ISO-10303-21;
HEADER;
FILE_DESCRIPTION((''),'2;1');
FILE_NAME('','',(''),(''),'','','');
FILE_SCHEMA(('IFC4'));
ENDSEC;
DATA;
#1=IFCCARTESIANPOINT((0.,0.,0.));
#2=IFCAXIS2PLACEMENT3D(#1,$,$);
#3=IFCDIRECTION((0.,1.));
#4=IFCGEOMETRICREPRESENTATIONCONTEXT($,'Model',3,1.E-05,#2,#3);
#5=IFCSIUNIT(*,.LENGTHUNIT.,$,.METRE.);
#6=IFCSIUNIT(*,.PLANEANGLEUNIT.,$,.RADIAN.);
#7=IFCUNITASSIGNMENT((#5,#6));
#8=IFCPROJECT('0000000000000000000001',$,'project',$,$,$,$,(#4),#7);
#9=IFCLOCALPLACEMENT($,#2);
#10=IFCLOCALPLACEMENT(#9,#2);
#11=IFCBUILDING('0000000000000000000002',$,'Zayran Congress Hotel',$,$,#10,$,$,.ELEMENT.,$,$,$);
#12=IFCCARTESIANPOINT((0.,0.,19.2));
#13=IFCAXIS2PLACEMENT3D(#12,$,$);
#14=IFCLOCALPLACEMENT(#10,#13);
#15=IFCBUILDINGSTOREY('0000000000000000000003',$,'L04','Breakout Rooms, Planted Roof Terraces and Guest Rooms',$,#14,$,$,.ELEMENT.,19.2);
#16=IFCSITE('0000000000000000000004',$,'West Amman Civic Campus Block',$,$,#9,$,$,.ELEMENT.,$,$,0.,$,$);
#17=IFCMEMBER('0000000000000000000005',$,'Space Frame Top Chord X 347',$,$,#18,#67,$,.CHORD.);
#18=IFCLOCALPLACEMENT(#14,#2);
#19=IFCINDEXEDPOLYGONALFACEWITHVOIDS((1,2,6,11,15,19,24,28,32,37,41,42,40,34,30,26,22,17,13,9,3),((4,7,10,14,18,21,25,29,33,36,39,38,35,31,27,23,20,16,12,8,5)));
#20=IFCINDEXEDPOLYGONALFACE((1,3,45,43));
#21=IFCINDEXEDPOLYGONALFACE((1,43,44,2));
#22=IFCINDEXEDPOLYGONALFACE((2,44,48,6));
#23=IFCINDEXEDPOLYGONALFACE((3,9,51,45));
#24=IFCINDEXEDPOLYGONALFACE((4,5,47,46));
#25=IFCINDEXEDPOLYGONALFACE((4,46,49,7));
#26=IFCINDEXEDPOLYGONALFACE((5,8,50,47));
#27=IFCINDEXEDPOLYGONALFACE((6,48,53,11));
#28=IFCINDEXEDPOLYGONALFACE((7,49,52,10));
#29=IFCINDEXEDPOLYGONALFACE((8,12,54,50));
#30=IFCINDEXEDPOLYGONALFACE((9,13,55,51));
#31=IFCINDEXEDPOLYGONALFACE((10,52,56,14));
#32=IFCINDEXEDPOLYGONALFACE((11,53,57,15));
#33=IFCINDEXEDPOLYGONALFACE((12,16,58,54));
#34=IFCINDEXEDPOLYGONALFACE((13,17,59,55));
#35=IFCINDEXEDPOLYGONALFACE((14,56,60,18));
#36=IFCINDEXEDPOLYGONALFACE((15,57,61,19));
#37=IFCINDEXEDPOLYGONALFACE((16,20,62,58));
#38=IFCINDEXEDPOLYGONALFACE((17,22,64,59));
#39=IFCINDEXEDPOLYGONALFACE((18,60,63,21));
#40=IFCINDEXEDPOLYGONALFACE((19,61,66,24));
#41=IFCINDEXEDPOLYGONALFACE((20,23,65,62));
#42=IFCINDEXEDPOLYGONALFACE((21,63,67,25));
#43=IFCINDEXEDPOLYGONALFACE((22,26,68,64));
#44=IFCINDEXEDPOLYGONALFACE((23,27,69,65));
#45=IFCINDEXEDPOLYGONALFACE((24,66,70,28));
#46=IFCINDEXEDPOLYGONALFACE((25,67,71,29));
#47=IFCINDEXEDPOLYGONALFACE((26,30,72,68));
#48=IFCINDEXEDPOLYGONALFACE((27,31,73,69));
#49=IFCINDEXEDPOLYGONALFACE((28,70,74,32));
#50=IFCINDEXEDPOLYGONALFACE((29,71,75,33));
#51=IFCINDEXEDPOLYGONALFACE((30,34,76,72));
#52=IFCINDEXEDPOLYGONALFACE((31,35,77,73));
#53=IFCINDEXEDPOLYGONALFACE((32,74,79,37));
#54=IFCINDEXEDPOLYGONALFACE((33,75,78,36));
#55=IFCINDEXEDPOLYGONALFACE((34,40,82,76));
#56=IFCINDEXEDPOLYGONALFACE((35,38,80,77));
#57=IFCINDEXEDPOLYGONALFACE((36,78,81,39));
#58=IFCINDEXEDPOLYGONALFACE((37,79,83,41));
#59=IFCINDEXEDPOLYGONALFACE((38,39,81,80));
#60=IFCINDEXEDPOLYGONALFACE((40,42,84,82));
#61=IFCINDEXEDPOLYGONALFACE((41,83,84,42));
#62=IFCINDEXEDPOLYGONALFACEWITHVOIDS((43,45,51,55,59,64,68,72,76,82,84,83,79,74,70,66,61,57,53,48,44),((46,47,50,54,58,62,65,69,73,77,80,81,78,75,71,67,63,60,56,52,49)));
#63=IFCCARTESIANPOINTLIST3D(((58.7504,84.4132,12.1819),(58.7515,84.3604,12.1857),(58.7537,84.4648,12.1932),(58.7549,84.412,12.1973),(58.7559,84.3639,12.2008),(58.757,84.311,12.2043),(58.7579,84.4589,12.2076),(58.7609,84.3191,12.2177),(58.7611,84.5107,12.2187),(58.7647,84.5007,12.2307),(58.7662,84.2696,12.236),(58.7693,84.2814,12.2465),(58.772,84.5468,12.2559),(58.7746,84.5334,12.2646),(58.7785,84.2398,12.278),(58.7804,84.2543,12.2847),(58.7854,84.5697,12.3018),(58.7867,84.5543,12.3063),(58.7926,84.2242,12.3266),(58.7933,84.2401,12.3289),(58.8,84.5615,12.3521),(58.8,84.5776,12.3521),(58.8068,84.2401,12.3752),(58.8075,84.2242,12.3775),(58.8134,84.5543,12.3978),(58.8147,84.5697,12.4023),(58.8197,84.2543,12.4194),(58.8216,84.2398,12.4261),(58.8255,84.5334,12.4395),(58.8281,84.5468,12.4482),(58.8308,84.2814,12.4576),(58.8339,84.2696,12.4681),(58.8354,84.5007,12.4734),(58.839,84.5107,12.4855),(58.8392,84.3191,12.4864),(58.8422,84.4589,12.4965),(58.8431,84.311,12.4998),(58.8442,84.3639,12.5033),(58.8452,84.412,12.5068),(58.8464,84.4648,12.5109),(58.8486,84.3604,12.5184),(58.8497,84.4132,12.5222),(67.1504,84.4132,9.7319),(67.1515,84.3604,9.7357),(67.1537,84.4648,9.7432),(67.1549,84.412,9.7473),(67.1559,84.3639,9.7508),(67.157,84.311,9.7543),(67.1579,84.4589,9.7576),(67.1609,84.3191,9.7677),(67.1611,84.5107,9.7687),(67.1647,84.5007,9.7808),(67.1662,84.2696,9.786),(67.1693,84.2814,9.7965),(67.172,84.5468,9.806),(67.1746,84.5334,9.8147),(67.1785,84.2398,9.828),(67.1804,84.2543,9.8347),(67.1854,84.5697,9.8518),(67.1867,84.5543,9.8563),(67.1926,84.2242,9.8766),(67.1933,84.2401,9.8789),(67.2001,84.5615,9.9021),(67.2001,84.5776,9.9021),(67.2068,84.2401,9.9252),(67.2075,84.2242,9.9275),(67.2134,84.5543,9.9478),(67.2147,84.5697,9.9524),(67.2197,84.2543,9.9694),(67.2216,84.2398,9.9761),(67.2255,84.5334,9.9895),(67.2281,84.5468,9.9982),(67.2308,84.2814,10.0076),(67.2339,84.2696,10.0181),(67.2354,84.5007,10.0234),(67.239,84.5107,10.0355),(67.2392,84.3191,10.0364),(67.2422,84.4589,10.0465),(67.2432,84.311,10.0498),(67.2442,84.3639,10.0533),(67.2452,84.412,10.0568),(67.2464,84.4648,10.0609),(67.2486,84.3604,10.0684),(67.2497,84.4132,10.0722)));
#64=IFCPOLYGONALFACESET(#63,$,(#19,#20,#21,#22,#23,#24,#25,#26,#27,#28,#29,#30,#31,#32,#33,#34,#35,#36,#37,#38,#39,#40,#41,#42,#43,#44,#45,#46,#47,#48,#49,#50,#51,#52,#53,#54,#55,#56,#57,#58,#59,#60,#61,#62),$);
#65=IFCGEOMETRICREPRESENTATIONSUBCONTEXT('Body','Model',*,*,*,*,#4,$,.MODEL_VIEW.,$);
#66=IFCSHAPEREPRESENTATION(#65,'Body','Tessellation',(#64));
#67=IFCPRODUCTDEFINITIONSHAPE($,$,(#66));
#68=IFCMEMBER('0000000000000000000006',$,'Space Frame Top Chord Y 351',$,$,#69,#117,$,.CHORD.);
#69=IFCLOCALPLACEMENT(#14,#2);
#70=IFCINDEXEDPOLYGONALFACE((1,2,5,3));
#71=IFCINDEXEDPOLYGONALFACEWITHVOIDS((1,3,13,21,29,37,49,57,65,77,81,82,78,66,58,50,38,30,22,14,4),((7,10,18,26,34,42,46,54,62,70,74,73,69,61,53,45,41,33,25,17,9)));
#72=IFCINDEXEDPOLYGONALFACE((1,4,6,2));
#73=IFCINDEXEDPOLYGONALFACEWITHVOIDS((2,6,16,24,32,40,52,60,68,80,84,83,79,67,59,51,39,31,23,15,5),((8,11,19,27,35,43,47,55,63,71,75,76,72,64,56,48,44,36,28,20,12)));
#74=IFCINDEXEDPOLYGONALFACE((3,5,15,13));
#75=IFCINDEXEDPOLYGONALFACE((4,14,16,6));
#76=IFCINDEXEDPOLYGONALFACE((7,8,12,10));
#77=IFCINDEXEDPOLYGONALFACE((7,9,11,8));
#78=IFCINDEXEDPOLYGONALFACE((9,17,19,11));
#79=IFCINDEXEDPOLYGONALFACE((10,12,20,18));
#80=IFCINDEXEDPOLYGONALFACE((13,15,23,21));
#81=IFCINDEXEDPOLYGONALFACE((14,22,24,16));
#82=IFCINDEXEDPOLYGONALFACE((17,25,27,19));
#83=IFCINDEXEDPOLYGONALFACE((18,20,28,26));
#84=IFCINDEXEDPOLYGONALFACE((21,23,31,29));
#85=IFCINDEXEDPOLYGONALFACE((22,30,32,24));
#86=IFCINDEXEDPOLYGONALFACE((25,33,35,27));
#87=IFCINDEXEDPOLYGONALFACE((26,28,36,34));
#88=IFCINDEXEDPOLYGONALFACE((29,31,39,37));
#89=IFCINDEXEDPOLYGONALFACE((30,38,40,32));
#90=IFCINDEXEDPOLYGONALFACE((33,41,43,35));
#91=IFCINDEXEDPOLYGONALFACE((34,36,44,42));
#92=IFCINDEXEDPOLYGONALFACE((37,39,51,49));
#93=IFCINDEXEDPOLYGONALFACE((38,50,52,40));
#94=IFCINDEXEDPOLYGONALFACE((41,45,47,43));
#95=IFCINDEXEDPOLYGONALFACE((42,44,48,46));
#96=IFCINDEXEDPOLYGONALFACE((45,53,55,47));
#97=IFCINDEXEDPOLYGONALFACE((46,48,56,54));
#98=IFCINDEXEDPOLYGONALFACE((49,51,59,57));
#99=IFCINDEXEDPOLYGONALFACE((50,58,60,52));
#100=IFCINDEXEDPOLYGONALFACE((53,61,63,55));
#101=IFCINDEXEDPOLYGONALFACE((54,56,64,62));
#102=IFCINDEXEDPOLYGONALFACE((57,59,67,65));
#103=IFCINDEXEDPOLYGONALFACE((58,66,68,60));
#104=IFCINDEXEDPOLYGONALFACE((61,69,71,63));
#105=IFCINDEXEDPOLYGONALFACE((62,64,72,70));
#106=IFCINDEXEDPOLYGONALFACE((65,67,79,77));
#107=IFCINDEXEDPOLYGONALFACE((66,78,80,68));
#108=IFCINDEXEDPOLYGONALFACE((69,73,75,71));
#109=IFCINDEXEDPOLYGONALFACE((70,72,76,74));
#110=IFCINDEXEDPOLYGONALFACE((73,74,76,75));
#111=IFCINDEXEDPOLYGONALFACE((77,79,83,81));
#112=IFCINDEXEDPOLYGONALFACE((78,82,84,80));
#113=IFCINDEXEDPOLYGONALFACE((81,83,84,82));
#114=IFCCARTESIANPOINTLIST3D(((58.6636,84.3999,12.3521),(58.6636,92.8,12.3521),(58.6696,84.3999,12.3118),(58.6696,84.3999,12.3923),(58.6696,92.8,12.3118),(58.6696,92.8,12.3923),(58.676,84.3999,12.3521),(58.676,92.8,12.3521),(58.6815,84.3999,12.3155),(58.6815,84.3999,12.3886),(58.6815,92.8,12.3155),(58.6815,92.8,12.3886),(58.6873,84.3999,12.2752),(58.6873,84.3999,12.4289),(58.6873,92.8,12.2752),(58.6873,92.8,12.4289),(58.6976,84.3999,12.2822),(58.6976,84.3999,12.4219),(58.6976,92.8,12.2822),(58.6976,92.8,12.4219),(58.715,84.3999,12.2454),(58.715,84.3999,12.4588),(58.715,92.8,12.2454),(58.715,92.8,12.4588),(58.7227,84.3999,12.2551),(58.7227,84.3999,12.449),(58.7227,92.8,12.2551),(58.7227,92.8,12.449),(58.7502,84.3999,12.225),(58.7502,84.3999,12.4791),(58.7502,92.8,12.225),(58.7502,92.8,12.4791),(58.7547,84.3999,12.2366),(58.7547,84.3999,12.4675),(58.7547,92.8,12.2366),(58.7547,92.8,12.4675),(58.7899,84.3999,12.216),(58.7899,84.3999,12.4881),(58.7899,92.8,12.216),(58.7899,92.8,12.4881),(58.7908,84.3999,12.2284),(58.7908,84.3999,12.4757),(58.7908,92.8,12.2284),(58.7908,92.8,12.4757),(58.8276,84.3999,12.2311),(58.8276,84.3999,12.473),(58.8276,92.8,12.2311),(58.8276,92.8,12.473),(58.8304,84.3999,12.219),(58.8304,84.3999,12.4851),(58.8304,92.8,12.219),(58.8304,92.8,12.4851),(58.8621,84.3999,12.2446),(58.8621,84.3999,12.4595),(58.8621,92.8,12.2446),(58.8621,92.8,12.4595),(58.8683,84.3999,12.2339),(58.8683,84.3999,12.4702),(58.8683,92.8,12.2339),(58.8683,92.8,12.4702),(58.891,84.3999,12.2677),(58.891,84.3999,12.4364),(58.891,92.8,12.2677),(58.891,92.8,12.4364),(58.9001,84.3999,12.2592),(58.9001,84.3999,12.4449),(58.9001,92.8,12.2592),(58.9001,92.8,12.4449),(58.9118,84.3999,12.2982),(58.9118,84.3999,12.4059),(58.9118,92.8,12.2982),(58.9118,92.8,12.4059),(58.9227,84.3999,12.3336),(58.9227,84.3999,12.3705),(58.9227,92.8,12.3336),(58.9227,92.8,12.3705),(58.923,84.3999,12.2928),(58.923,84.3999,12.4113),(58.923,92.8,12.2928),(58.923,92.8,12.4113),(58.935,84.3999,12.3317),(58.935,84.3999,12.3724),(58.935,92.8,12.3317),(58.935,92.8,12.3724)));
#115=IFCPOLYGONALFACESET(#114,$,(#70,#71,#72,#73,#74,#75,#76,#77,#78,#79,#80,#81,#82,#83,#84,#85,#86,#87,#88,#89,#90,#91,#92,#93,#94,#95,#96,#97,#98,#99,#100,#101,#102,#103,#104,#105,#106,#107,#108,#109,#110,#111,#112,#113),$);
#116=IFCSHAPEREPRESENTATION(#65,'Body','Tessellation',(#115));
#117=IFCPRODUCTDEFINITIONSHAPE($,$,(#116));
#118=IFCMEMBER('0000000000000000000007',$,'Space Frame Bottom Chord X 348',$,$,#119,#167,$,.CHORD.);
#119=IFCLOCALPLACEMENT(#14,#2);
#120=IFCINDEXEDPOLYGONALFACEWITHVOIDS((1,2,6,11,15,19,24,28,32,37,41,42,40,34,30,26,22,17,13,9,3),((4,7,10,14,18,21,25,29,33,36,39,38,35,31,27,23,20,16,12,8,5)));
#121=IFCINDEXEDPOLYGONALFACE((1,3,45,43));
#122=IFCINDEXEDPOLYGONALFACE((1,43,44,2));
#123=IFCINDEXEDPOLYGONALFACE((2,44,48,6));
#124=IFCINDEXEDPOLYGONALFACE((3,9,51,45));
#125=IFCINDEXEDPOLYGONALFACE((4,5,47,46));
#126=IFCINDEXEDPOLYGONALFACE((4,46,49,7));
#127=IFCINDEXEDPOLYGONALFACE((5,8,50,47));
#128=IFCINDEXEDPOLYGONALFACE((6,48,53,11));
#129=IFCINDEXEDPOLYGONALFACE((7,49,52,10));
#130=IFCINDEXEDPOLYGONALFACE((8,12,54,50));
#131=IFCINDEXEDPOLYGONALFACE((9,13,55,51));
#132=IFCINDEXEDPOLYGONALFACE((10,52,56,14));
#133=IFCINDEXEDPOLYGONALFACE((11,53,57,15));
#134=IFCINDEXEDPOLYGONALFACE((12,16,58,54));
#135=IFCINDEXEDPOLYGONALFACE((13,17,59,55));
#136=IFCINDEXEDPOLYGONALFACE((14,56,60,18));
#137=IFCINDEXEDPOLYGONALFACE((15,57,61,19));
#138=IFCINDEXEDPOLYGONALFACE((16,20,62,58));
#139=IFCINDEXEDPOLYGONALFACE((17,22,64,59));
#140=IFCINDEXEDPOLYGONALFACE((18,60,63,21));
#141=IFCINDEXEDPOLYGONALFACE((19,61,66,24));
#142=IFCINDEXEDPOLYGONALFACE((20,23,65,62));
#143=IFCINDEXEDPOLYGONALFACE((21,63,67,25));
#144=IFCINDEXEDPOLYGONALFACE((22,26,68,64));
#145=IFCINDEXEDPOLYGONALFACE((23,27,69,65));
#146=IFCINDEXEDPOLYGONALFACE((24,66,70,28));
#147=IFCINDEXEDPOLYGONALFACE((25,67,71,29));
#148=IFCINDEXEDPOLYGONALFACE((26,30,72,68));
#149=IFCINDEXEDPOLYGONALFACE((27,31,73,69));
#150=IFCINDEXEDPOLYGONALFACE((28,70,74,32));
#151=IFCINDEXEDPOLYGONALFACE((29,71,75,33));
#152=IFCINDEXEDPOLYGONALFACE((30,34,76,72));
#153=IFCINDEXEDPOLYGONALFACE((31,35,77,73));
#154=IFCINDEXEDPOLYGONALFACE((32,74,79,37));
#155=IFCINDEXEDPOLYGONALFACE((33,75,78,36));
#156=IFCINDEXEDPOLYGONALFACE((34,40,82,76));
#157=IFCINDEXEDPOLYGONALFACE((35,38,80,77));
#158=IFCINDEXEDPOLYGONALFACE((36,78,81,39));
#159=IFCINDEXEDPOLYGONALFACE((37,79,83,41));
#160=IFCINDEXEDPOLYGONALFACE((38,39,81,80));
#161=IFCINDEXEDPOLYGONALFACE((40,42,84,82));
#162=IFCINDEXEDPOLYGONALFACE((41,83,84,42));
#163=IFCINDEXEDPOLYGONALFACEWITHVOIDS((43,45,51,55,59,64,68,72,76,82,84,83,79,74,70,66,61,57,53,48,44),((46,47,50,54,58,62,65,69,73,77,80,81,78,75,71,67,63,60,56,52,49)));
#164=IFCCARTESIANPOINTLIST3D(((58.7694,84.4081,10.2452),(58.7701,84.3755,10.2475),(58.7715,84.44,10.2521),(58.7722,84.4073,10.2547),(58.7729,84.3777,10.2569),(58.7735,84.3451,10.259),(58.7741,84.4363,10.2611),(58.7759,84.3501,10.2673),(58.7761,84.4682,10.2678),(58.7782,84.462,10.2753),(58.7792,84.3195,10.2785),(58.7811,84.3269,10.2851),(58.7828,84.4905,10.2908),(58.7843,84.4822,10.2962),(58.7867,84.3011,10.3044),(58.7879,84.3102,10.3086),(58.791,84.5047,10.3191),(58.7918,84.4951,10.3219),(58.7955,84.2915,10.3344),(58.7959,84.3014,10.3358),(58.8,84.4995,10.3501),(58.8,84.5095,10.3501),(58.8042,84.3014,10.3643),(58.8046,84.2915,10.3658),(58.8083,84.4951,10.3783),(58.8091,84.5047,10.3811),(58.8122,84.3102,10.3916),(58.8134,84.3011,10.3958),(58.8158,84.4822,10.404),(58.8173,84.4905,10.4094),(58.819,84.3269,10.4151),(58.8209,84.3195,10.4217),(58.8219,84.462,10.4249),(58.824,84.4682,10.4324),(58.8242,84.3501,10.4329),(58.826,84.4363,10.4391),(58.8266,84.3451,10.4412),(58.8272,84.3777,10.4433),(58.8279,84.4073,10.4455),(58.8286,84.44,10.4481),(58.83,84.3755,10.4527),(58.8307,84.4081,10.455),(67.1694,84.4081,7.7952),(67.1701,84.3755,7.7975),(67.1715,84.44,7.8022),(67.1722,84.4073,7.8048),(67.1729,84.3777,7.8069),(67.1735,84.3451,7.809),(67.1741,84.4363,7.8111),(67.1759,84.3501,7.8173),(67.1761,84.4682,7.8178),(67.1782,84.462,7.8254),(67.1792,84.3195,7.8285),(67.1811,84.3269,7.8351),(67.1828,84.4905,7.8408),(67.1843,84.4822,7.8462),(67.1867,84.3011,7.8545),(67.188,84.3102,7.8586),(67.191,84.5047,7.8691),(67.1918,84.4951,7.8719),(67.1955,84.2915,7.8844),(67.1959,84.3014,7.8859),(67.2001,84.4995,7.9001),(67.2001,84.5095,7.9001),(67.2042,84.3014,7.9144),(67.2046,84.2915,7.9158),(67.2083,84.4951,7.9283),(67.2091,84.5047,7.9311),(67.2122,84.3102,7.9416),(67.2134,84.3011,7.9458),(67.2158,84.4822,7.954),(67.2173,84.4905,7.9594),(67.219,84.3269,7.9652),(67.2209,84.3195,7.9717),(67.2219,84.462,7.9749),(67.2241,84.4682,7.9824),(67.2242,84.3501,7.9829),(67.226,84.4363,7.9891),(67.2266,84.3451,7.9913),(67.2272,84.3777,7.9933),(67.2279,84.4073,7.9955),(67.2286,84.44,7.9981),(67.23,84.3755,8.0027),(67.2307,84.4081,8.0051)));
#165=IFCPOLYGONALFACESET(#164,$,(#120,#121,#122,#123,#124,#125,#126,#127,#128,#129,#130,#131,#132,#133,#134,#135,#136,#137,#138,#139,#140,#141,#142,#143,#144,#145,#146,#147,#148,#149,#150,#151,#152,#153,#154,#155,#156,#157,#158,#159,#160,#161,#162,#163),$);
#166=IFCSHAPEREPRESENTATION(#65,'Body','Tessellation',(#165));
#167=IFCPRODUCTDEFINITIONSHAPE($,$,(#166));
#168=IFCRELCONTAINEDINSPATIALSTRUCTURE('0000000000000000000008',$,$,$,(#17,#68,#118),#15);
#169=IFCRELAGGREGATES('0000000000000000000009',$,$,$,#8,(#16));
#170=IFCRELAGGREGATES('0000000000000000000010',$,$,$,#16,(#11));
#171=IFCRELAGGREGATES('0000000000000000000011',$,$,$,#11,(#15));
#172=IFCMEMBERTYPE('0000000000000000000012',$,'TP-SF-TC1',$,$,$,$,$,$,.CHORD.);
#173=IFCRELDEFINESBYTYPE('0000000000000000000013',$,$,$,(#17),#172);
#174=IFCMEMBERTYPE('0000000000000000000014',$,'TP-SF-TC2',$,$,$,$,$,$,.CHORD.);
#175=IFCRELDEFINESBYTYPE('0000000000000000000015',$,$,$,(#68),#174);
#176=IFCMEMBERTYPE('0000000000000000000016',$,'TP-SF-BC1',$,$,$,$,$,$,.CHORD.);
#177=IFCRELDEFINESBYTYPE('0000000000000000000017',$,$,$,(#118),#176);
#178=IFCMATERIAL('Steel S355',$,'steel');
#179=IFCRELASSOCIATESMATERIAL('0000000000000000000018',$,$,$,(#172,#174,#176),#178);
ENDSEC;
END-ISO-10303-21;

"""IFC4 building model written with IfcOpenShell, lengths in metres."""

from ifc_helpers import new_model, si_unit, direction, frame, origin, origin_2d, place, context, subcontext, project, spatial, hollow_circle, extrude, material, material_profile, profile_set, type_object, element, save


model = new_model("IFC4")

# Units and contexts
model_context = context("Model", 3, precision=1e-05, world=origin(), true_north=direction((0.0, 1.0)))
body_context = subcontext(model_context, "Body", "Model", "MODEL_VIEW")
ifc_project = project(units=[si_unit("LENGTHUNIT", "METRE"), si_unit("PLANEANGLEUNIT", "RADIAN")], contexts=[model_context])

# Site, building, storey
site_placement = place(None, origin())
site = spatial("IfcSite", under=ifc_project, at=site_placement, Name="West Amman Civic Campus Block", CompositionType="ELEMENT", RefElevation=0.0)
building_placement = place(site_placement, origin())
building = spatial("IfcBuilding", under=site, at=building_placement, Name="Zayran Congress Hotel", CompositionType="ELEMENT")
storey_placement = place(building_placement, frame((0.0, 0.0, 19.2)))
storey = spatial("IfcBuildingStorey", under=building, at=storey_placement, Name="L04", Description="Breakout Rooms, Planted Roof Terraces and Guest Rooms", CompositionType="ELEMENT", Elevation=19.2)

# Members
ifc_material_1 = material(Name="Steel S355", Category="steel")
ifc_material_profile_1 = material_profile(ifc_material_1, hollow_circle(Radius=0.1777, WallThickness=0.0161, at=origin_2d()), Name="CHS 355.6x16")
ifc_profile_set_1 = profile_set([ifc_material_profile_1], Name="Steel S355")
member_type_1 = type_object("IfcMemberType", Name="TP-SF-TC1", PredefinedType="CHORD", material=ifc_profile_set_1)
member_1_placement = place(storey_placement, frame((58.8, 84.3999, 12.3521), z_axis=(0.960001, 0.0, -0.279998), x_axis=(0.0, 1.0, 0.0)))
element("IfcMember", 1, at=member_1_placement, inside=storey, type_object=member_type_1, Name="Space Frame Top Chord X 347", PredefinedType="CHORD", context=body_context, shape_type="SweptSolid", body=[
    extrude(hollow_circle(Radius=0.1777, WallThickness=0.0161, at=origin_2d()), origin(), (0.0, 0.0, 1.0), 8.75),
])
ifc_material_profile_2 = material_profile(ifc_material_1, hollow_circle(Radius=0.1365, WallThickness=0.0125, at=origin_2d()), Name="CHS 273x12.5")
ifc_profile_set_2 = profile_set([ifc_material_profile_2], Name="Steel S355")
member_type_2 = type_object("IfcMemberType", Name="TP-SF-TC2", PredefinedType="CHORD", material=ifc_profile_set_2)
member_2_placement = place(storey_placement, frame((58.8, 84.3999, 12.3521), z_axis=(0.0, 1.0, 0.0), x_axis=(-1.0, 0.0, 0.0)))
element("IfcMember", 2, at=member_2_placement, inside=storey, type_object=member_type_2, Name="Space Frame Top Chord Y 351", PredefinedType="CHORD", context=body_context, shape_type="SweptSolid", body=[
    extrude(hollow_circle(Radius=0.1365, WallThickness=0.0125, at=origin_2d()), origin(), (0.0, 0.0, 1.0), 8.4001),
])
ifc_material_profile_3 = material_profile(ifc_material_1, hollow_circle(Radius=0.1096, WallThickness=0.01, at=origin_2d()), Name="CHS 219.1x10")
ifc_profile_set_3 = profile_set([ifc_material_profile_3], Name="Steel S355")
member_type_3 = type_object("IfcMemberType", Name="TP-SF-BC1", PredefinedType="CHORD", material=ifc_profile_set_3)
member_3_placement = place(storey_placement, frame((58.8, 84.3999, 10.3501), z_axis=(0.960001, 0.0, -0.279998), x_axis=(0.0, 1.0, 0.0)))
element("IfcMember", 3, at=member_3_placement, inside=storey, type_object=member_type_3, Name="Space Frame Bottom Chord X 348", PredefinedType="CHORD", context=body_context, shape_type="SweptSolid", body=[
    extrude(hollow_circle(Radius=0.1096, WallThickness=0.01, at=origin_2d()), origin(), (0.0, 0.0, 1.0), 8.75),
])

save(model, "model.ifc")
